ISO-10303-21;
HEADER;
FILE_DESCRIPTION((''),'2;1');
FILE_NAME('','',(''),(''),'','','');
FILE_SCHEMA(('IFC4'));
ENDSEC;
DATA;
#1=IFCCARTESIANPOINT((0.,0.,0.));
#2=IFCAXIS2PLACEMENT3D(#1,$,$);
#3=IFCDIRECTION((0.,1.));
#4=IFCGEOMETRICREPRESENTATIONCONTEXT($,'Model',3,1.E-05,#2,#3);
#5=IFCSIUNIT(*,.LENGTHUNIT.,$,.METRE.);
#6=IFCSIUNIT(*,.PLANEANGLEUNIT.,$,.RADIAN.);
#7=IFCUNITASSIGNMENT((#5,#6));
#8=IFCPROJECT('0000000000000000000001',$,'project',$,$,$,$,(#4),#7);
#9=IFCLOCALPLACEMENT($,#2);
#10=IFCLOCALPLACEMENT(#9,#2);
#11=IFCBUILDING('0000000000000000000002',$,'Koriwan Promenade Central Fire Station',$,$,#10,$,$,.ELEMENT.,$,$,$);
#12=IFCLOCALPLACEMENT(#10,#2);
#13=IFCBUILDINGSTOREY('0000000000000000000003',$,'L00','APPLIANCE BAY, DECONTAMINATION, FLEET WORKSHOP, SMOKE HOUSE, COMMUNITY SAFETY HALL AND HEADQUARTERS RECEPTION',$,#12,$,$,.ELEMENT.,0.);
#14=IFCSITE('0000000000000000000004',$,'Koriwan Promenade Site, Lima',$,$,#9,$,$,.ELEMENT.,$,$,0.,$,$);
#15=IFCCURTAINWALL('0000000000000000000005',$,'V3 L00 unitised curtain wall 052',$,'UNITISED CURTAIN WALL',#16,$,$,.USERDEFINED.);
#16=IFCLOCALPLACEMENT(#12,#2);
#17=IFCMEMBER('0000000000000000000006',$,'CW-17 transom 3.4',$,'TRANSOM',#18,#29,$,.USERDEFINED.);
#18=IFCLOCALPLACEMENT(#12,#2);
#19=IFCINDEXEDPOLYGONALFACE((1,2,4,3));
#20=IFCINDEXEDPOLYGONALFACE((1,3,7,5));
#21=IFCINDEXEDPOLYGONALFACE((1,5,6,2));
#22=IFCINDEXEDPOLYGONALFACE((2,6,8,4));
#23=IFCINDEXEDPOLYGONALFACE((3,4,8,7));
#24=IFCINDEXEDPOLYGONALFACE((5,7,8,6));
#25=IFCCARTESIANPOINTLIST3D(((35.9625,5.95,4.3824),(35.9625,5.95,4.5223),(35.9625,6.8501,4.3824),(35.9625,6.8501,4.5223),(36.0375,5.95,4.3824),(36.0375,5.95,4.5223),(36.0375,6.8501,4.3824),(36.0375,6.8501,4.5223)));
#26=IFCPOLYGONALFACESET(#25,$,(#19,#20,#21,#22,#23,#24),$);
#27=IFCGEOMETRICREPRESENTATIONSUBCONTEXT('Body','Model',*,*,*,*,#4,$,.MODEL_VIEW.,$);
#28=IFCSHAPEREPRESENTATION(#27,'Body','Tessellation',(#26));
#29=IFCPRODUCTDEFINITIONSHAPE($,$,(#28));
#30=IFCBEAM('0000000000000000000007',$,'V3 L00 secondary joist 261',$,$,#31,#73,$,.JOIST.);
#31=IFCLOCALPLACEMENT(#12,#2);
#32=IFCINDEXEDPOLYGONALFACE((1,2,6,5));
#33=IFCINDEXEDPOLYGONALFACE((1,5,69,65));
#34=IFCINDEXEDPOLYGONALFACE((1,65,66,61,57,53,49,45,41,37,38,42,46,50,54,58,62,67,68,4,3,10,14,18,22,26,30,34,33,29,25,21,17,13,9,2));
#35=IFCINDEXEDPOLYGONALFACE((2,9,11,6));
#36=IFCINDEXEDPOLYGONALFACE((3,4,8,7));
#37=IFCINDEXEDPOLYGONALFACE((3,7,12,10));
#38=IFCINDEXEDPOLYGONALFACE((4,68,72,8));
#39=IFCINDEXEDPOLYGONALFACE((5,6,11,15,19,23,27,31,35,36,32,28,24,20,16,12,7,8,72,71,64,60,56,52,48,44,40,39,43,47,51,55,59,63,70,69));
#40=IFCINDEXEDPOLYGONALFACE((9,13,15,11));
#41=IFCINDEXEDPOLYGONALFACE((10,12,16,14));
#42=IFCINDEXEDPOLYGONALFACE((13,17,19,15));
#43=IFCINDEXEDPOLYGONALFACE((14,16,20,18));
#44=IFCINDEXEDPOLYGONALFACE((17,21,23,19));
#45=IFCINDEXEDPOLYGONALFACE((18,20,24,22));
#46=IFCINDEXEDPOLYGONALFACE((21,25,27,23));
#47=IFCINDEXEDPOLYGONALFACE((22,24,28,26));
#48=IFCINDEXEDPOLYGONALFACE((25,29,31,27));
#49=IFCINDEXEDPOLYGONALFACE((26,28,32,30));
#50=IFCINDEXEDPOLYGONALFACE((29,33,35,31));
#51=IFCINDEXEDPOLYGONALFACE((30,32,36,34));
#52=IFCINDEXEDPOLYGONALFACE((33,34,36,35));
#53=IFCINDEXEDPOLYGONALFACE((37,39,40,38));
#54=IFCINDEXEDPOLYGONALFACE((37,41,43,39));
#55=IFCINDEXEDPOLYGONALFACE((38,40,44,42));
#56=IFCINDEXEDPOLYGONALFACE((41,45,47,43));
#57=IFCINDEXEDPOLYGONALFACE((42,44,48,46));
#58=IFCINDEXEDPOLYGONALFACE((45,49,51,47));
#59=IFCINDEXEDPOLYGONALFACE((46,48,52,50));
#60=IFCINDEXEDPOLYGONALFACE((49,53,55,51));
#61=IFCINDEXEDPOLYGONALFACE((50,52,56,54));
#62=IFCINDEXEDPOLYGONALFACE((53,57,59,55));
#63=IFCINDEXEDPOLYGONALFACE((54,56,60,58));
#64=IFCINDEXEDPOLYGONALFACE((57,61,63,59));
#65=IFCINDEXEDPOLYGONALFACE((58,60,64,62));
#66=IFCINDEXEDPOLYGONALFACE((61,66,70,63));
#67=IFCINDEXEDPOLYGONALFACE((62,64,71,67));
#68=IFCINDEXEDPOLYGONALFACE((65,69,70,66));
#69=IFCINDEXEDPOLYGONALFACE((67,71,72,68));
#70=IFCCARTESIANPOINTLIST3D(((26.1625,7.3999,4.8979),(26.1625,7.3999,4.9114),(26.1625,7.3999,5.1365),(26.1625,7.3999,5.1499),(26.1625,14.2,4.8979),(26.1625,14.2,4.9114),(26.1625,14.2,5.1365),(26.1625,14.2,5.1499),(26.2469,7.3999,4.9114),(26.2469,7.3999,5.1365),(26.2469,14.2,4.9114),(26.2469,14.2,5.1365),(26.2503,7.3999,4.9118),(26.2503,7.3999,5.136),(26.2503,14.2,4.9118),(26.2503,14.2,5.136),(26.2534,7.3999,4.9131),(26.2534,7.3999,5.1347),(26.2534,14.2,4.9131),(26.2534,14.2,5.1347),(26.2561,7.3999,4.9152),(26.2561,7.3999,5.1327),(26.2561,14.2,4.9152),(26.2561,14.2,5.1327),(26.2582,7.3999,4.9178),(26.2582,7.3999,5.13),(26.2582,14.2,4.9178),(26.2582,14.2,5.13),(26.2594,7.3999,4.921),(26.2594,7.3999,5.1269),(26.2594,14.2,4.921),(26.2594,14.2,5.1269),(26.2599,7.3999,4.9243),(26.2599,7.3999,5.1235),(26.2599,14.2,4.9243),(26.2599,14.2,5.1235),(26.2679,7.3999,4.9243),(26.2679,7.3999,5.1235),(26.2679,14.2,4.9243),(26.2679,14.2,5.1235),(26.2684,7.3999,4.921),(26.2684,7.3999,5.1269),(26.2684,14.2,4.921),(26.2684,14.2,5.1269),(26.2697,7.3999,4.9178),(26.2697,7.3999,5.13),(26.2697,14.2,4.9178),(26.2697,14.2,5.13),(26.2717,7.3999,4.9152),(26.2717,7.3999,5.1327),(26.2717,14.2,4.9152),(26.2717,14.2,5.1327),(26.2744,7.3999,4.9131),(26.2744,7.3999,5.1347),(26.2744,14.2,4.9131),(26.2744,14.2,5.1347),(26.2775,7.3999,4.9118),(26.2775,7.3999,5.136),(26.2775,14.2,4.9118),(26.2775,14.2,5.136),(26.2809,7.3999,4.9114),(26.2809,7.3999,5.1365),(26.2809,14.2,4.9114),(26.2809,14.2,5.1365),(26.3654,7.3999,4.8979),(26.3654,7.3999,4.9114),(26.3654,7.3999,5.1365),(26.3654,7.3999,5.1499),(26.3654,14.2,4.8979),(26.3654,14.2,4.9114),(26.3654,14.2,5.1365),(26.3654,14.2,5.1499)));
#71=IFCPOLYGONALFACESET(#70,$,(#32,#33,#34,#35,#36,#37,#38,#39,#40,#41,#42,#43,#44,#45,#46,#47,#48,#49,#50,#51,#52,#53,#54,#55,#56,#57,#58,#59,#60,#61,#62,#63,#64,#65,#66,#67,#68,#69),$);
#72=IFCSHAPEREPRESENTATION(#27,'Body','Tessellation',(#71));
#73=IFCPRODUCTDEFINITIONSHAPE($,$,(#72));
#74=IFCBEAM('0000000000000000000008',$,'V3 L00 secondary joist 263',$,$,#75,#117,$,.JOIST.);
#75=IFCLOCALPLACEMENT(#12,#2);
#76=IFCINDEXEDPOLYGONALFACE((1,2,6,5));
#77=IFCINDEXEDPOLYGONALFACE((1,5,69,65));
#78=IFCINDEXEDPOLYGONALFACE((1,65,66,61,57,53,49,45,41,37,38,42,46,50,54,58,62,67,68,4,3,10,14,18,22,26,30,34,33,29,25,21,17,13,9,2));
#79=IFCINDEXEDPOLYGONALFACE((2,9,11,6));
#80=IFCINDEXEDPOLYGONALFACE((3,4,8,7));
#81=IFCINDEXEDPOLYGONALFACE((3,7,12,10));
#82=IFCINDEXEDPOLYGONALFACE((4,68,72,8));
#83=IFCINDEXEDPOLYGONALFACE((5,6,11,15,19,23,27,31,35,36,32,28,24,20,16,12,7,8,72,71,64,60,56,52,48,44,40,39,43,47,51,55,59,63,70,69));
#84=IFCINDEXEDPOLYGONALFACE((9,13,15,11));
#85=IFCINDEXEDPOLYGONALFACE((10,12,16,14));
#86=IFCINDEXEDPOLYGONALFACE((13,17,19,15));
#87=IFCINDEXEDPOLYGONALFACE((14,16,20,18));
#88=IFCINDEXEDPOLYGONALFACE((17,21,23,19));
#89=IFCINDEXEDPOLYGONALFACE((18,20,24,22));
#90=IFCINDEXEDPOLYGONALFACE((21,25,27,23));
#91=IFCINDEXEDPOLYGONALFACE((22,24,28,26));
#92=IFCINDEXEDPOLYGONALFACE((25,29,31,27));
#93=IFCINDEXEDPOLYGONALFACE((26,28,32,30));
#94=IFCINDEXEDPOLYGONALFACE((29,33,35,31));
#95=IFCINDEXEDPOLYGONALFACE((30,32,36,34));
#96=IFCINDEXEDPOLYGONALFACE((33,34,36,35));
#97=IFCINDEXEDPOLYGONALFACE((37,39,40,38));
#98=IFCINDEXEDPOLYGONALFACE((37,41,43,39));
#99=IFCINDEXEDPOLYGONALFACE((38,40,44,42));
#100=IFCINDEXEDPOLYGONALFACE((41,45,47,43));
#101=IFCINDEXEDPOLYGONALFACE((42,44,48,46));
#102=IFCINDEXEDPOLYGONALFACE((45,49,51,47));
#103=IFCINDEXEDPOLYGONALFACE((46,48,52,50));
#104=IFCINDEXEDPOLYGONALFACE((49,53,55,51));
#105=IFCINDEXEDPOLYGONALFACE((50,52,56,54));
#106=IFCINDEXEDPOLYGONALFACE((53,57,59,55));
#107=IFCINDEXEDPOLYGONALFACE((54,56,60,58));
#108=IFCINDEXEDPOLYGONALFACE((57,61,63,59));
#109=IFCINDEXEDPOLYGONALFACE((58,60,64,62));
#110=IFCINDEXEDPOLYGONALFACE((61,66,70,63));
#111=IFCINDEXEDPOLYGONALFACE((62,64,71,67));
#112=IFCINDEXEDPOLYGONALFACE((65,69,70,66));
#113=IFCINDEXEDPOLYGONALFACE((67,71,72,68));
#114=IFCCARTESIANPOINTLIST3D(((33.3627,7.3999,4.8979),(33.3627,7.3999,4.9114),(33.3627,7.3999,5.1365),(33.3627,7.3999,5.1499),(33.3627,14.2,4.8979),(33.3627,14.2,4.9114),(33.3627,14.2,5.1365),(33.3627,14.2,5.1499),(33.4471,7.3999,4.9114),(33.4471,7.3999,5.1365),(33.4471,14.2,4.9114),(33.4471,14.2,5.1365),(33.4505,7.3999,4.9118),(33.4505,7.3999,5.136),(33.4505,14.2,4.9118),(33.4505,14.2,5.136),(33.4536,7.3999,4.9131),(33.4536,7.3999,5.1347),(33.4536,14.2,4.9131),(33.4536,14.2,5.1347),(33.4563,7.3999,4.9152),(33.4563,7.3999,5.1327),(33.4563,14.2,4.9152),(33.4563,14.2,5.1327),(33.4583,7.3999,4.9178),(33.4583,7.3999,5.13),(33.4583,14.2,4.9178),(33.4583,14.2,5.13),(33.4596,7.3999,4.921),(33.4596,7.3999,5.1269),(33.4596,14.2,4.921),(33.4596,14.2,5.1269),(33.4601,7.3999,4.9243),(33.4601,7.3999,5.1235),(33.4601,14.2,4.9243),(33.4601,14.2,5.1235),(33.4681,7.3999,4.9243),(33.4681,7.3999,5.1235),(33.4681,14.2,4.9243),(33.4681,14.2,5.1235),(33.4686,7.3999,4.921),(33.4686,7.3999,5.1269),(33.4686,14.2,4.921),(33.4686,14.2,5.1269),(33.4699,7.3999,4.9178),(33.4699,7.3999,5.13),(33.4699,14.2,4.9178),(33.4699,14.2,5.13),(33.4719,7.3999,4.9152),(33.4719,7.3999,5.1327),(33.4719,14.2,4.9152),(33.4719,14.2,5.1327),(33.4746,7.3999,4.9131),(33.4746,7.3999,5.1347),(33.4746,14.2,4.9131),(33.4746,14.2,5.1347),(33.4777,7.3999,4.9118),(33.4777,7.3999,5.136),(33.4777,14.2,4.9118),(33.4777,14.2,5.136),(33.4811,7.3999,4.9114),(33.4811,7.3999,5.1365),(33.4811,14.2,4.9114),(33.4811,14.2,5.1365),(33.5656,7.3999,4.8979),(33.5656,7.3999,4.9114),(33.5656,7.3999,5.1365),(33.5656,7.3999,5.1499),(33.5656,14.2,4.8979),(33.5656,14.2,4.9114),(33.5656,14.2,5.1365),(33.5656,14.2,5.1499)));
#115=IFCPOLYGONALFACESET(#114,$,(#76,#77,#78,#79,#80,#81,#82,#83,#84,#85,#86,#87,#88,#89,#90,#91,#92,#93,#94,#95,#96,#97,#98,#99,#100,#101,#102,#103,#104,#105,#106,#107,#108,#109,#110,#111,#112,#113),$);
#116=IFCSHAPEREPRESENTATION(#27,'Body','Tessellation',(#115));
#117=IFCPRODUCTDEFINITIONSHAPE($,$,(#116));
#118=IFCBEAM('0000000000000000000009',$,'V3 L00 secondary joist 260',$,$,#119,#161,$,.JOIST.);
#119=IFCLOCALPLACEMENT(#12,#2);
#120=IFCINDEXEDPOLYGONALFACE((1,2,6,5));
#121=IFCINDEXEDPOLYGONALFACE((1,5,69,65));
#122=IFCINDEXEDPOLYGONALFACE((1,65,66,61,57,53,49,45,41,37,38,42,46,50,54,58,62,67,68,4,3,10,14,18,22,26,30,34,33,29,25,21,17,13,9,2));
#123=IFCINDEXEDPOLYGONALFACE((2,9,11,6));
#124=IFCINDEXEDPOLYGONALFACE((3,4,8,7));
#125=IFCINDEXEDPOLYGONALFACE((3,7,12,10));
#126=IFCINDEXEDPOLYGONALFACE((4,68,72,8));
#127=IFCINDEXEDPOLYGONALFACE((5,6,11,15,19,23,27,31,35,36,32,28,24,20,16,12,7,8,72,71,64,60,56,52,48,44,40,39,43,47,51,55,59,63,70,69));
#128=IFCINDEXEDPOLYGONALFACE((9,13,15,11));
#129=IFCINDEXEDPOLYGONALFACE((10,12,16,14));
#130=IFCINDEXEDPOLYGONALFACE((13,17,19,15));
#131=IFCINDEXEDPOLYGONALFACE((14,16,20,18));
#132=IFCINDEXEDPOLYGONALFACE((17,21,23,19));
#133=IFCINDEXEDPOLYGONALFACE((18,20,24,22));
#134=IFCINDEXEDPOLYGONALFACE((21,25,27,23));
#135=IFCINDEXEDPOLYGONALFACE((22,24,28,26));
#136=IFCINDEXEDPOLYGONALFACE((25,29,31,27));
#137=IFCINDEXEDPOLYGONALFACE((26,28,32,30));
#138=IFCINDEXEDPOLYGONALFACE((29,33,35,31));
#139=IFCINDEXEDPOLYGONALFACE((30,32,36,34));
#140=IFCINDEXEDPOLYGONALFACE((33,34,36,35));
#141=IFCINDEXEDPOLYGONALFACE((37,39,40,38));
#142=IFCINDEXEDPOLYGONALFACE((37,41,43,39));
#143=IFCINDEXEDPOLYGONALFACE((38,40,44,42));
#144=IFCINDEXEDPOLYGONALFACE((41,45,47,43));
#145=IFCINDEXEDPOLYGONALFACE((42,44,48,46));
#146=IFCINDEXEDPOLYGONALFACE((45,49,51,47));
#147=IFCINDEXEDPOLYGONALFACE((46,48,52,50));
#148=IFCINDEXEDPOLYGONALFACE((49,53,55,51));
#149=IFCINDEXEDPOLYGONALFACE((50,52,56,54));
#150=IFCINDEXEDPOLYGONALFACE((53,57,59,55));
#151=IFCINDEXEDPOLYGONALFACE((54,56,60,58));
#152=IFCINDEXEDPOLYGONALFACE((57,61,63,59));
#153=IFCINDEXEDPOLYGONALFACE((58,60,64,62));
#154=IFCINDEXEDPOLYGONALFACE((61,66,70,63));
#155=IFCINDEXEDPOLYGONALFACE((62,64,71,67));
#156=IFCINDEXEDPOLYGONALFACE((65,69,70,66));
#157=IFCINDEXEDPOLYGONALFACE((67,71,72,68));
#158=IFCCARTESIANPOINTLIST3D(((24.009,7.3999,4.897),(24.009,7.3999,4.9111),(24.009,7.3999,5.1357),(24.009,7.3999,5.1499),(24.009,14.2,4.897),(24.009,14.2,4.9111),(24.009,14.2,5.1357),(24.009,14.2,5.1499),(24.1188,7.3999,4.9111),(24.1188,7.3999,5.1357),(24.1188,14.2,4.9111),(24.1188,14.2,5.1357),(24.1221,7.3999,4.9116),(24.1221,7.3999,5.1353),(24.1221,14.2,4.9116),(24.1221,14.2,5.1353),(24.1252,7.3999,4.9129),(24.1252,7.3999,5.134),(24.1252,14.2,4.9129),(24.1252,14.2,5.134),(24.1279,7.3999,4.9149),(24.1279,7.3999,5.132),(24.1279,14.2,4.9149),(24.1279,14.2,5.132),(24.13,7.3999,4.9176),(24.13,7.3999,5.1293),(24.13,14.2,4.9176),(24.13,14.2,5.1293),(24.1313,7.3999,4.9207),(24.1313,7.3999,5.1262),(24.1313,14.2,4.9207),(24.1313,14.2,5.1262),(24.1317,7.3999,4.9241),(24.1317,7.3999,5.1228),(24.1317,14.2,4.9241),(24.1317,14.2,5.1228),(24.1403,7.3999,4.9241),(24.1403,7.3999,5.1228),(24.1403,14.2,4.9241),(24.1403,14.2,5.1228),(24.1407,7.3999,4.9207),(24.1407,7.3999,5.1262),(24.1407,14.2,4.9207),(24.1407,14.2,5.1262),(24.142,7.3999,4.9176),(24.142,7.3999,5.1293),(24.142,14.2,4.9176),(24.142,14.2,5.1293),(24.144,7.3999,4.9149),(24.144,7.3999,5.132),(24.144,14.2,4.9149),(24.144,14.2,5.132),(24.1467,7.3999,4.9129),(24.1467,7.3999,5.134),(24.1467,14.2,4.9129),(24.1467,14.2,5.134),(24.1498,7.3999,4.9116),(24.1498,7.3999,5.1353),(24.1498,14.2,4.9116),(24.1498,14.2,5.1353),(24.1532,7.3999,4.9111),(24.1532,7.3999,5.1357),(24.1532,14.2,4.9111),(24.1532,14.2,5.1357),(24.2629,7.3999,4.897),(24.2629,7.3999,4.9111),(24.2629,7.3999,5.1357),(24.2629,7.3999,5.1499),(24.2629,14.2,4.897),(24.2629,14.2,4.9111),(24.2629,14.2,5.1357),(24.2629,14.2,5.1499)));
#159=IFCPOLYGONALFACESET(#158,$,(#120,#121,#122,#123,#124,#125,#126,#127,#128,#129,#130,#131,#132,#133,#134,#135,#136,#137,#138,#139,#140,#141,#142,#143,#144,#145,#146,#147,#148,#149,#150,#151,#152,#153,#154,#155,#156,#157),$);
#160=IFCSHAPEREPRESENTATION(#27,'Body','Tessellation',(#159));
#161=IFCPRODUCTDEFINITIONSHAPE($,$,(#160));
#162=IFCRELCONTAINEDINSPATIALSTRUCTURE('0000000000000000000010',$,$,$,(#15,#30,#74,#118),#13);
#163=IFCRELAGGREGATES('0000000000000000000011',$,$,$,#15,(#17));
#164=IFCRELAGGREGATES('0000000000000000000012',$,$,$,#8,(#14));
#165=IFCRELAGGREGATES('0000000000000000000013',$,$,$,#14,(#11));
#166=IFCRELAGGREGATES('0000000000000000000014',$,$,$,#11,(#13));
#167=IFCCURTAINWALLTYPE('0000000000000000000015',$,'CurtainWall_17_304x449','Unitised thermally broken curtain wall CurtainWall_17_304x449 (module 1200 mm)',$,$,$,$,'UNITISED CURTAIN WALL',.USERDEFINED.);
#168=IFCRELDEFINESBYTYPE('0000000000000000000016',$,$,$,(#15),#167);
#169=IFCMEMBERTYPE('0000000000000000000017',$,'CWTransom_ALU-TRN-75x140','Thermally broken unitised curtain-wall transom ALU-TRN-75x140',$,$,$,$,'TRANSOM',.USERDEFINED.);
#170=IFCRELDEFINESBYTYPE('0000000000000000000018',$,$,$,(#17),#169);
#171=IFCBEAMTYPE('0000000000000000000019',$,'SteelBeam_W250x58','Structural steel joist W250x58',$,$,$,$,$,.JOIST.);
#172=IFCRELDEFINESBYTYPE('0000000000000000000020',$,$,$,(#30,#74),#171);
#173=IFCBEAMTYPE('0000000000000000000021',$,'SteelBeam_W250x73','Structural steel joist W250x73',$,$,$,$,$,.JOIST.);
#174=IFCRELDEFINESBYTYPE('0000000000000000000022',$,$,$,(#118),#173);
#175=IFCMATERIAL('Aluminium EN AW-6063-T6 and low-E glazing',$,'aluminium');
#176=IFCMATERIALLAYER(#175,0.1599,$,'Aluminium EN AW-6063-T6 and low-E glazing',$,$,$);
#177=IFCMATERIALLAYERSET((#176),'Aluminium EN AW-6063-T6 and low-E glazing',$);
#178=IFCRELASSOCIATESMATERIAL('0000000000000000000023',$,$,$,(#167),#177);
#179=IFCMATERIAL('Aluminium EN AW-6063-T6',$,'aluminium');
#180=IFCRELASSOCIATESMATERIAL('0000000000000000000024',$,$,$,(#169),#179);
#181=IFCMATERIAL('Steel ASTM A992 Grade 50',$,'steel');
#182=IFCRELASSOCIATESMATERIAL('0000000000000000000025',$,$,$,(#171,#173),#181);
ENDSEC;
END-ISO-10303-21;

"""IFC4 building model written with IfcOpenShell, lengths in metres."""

from ifc_helpers import new_model, si_unit, direction, frame, origin, origin_2d, place, context, subcontext, project, spatial, rectangle, i_section, extrude, material, layer, layer_set, material_profile, profile_set, type_object, element, aggregate, save


model = new_model("IFC4")

# Units and contexts
model_context = context("Model", 3, precision=1e-05, world=origin(), true_north=direction((0.0, 1.0)))
body_context = subcontext(model_context, "Body", "Model", "MODEL_VIEW")
ifc_project = project(units=[si_unit("LENGTHUNIT", "METRE"), si_unit("PLANEANGLEUNIT", "RADIAN")], contexts=[model_context])

# Site, building, storey
site_placement = place(None, origin())
site = spatial("IfcSite", under=ifc_project, at=site_placement, Name="Koriwan Promenade Site, Lima", CompositionType="ELEMENT", RefElevation=0.0)
building_placement = place(site_placement, origin())
building = spatial("IfcBuilding", under=site, at=building_placement, Name="Koriwan Promenade Central Fire Station", CompositionType="ELEMENT")
storey_placement = place(building_placement, origin())
storey = spatial("IfcBuildingStorey", under=building, at=storey_placement, Name="L00", Description="APPLIANCE BAY, DECONTAMINATION, FLEET WORKSHOP, SMOKE HOUSE, COMMUNITY SAFETY HALL AND HEADQUARTERS RECEPTION", CompositionType="ELEMENT", Elevation=0.0)

# Curtain wall, member
ifc_material_1 = material(Name="Aluminium EN AW-6063-T6 and low-E glazing", Category="aluminium")
ifc_layer_1 = layer(ifc_material_1, 0.1599, Name="Aluminium EN AW-6063-T6 and low-E glazing")
ifc_layer_set_1 = layer_set([ifc_layer_1], Name="Aluminium EN AW-6063-T6 and low-E glazing")
curtain_wall_type = type_object("IfcCurtainWallType", Name="CurtainWall_17_304x449", Description="Unitised thermally broken curtain wall CurtainWall_17_304x449 (module 1200 mm)", ElementType="UNITISED CURTAIN WALL", PredefinedType="USERDEFINED", material=ifc_layer_set_1)
curtain_wall_placement = place(storey_placement, origin())
curtain_wall = element("IfcCurtainWall", 1, at=curtain_wall_placement, inside=storey, type_object=curtain_wall_type, Name="V3 L00 unitised curtain wall 052", ObjectType="UNITISED CURTAIN WALL", PredefinedType="USERDEFINED")
ifc_material_2 = material(Name="Aluminium EN AW-6063-T6", Category="aluminium")
ifc_material_profile_1 = material_profile(ifc_material_2, rectangle(XDim=0.075, YDim=0.1399, at=origin_2d()), Name="ALU-TRN-75x140")
ifc_profile_set_1 = profile_set([ifc_material_profile_1], Name="Aluminium EN AW-6063-T6")
member_type_1 = type_object("IfcMemberType", Name="CWTransom_ALU-TRN-75x140", Description="Thermally broken unitised curtain-wall transom ALU-TRN-75x140", ElementType="TRANSOM", PredefinedType="USERDEFINED", material=ifc_profile_set_1)
member_1_placement = place(storey_placement, frame((36.0, 5.95, 4.4524), z_axis=(0.0, 1.0, 0.0), x_axis=(-1.0, 0.0, 0.0)))
member_1 = element("IfcMember", 2, at=member_1_placement, type_object=member_type_1, Name="CW-17 transom 3.4", ObjectType="TRANSOM", PredefinedType="USERDEFINED", context=body_context, shape_type="SweptSolid", body=[
    extrude(rectangle(XDim=0.075, YDim=0.1399, at=origin_2d()), origin(), (0.0, 0.0, 1.0), 0.9001),
])
aggregate(curtain_wall, [member_1])

# Beams
ifc_material_3 = material(Name="Steel ASTM A992 Grade 50", Category="steel")
ifc_material_profile_2 = material_profile(ifc_material_3, i_section(OverallWidth=0.2029, OverallDepth=0.252, WebThickness=0.0081, FlangeThickness=0.0134, FilletRadius=0.0129, at=origin_2d()), Name="W250x58")
ifc_profile_set_2 = profile_set([ifc_material_profile_2], Name="Steel ASTM A992 Grade 50")
beam_type_1 = type_object("IfcBeamType", Name="SteelBeam_W250x58", Description="Structural steel joist W250x58", PredefinedType="JOIST", material=ifc_profile_set_2)
for number, where, z_axis, x_axis, name in (
    (3, (26.2639, 7.3999, 5.0239), (0.0, 1.0, 0.0), (-1.0, 0.0, 0.0), "V3 L00 secondary joist 261"),
    (4, (33.4641, 7.3999, 5.0239), (0.0, 1.0, 0.0), (-1.0, 0.0, 0.0), "V3 L00 secondary joist 263"),
):
    element("IfcBeam", number, at=place(storey_placement, frame(where, z_axis=z_axis, x_axis=x_axis)), inside=storey, type_object=beam_type_1, Name=name, PredefinedType="JOIST", context=body_context, shape_type="SweptSolid", body=[
        extrude(i_section(OverallWidth=0.2029, OverallDepth=0.252, WebThickness=0.0081, FlangeThickness=0.0134, FilletRadius=0.0129, at=origin_2d()), origin(), (0.0, 0.0, 1.0), 6.8),
    ])
ifc_material_profile_3 = material_profile(ifc_material_3, i_section(OverallWidth=0.2539, OverallDepth=0.2529, WebThickness=0.0085, FlangeThickness=0.0142, FilletRadius=0.0129, at=origin_2d()), Name="W250x73")
ifc_profile_set_3 = profile_set([ifc_material_profile_3], Name="Steel ASTM A992 Grade 50")
beam_type_2 = type_object("IfcBeamType", Name="SteelBeam_W250x73", Description="Structural steel joist W250x73", PredefinedType="JOIST", material=ifc_profile_set_3)
for number, where, z_axis, x_axis, name in (
    (5, (24.136, 7.3999, 5.0234), (0.0, 1.0, 0.0), (-1.0, 0.0, 0.0), "V3 L00 secondary joist 260"),
):
    element("IfcBeam", number, at=place(storey_placement, frame(where, z_axis=z_axis, x_axis=x_axis)), inside=storey, type_object=beam_type_2, Name=name, PredefinedType="JOIST", context=body_context, shape_type="SweptSolid", body=[
        extrude(i_section(OverallWidth=0.2539, OverallDepth=0.2529, WebThickness=0.0085, FlangeThickness=0.0142, FilletRadius=0.0129, at=origin_2d()), origin(), (0.0, 0.0, 1.0), 6.8),
    ])

save(model, "model.ifc")
